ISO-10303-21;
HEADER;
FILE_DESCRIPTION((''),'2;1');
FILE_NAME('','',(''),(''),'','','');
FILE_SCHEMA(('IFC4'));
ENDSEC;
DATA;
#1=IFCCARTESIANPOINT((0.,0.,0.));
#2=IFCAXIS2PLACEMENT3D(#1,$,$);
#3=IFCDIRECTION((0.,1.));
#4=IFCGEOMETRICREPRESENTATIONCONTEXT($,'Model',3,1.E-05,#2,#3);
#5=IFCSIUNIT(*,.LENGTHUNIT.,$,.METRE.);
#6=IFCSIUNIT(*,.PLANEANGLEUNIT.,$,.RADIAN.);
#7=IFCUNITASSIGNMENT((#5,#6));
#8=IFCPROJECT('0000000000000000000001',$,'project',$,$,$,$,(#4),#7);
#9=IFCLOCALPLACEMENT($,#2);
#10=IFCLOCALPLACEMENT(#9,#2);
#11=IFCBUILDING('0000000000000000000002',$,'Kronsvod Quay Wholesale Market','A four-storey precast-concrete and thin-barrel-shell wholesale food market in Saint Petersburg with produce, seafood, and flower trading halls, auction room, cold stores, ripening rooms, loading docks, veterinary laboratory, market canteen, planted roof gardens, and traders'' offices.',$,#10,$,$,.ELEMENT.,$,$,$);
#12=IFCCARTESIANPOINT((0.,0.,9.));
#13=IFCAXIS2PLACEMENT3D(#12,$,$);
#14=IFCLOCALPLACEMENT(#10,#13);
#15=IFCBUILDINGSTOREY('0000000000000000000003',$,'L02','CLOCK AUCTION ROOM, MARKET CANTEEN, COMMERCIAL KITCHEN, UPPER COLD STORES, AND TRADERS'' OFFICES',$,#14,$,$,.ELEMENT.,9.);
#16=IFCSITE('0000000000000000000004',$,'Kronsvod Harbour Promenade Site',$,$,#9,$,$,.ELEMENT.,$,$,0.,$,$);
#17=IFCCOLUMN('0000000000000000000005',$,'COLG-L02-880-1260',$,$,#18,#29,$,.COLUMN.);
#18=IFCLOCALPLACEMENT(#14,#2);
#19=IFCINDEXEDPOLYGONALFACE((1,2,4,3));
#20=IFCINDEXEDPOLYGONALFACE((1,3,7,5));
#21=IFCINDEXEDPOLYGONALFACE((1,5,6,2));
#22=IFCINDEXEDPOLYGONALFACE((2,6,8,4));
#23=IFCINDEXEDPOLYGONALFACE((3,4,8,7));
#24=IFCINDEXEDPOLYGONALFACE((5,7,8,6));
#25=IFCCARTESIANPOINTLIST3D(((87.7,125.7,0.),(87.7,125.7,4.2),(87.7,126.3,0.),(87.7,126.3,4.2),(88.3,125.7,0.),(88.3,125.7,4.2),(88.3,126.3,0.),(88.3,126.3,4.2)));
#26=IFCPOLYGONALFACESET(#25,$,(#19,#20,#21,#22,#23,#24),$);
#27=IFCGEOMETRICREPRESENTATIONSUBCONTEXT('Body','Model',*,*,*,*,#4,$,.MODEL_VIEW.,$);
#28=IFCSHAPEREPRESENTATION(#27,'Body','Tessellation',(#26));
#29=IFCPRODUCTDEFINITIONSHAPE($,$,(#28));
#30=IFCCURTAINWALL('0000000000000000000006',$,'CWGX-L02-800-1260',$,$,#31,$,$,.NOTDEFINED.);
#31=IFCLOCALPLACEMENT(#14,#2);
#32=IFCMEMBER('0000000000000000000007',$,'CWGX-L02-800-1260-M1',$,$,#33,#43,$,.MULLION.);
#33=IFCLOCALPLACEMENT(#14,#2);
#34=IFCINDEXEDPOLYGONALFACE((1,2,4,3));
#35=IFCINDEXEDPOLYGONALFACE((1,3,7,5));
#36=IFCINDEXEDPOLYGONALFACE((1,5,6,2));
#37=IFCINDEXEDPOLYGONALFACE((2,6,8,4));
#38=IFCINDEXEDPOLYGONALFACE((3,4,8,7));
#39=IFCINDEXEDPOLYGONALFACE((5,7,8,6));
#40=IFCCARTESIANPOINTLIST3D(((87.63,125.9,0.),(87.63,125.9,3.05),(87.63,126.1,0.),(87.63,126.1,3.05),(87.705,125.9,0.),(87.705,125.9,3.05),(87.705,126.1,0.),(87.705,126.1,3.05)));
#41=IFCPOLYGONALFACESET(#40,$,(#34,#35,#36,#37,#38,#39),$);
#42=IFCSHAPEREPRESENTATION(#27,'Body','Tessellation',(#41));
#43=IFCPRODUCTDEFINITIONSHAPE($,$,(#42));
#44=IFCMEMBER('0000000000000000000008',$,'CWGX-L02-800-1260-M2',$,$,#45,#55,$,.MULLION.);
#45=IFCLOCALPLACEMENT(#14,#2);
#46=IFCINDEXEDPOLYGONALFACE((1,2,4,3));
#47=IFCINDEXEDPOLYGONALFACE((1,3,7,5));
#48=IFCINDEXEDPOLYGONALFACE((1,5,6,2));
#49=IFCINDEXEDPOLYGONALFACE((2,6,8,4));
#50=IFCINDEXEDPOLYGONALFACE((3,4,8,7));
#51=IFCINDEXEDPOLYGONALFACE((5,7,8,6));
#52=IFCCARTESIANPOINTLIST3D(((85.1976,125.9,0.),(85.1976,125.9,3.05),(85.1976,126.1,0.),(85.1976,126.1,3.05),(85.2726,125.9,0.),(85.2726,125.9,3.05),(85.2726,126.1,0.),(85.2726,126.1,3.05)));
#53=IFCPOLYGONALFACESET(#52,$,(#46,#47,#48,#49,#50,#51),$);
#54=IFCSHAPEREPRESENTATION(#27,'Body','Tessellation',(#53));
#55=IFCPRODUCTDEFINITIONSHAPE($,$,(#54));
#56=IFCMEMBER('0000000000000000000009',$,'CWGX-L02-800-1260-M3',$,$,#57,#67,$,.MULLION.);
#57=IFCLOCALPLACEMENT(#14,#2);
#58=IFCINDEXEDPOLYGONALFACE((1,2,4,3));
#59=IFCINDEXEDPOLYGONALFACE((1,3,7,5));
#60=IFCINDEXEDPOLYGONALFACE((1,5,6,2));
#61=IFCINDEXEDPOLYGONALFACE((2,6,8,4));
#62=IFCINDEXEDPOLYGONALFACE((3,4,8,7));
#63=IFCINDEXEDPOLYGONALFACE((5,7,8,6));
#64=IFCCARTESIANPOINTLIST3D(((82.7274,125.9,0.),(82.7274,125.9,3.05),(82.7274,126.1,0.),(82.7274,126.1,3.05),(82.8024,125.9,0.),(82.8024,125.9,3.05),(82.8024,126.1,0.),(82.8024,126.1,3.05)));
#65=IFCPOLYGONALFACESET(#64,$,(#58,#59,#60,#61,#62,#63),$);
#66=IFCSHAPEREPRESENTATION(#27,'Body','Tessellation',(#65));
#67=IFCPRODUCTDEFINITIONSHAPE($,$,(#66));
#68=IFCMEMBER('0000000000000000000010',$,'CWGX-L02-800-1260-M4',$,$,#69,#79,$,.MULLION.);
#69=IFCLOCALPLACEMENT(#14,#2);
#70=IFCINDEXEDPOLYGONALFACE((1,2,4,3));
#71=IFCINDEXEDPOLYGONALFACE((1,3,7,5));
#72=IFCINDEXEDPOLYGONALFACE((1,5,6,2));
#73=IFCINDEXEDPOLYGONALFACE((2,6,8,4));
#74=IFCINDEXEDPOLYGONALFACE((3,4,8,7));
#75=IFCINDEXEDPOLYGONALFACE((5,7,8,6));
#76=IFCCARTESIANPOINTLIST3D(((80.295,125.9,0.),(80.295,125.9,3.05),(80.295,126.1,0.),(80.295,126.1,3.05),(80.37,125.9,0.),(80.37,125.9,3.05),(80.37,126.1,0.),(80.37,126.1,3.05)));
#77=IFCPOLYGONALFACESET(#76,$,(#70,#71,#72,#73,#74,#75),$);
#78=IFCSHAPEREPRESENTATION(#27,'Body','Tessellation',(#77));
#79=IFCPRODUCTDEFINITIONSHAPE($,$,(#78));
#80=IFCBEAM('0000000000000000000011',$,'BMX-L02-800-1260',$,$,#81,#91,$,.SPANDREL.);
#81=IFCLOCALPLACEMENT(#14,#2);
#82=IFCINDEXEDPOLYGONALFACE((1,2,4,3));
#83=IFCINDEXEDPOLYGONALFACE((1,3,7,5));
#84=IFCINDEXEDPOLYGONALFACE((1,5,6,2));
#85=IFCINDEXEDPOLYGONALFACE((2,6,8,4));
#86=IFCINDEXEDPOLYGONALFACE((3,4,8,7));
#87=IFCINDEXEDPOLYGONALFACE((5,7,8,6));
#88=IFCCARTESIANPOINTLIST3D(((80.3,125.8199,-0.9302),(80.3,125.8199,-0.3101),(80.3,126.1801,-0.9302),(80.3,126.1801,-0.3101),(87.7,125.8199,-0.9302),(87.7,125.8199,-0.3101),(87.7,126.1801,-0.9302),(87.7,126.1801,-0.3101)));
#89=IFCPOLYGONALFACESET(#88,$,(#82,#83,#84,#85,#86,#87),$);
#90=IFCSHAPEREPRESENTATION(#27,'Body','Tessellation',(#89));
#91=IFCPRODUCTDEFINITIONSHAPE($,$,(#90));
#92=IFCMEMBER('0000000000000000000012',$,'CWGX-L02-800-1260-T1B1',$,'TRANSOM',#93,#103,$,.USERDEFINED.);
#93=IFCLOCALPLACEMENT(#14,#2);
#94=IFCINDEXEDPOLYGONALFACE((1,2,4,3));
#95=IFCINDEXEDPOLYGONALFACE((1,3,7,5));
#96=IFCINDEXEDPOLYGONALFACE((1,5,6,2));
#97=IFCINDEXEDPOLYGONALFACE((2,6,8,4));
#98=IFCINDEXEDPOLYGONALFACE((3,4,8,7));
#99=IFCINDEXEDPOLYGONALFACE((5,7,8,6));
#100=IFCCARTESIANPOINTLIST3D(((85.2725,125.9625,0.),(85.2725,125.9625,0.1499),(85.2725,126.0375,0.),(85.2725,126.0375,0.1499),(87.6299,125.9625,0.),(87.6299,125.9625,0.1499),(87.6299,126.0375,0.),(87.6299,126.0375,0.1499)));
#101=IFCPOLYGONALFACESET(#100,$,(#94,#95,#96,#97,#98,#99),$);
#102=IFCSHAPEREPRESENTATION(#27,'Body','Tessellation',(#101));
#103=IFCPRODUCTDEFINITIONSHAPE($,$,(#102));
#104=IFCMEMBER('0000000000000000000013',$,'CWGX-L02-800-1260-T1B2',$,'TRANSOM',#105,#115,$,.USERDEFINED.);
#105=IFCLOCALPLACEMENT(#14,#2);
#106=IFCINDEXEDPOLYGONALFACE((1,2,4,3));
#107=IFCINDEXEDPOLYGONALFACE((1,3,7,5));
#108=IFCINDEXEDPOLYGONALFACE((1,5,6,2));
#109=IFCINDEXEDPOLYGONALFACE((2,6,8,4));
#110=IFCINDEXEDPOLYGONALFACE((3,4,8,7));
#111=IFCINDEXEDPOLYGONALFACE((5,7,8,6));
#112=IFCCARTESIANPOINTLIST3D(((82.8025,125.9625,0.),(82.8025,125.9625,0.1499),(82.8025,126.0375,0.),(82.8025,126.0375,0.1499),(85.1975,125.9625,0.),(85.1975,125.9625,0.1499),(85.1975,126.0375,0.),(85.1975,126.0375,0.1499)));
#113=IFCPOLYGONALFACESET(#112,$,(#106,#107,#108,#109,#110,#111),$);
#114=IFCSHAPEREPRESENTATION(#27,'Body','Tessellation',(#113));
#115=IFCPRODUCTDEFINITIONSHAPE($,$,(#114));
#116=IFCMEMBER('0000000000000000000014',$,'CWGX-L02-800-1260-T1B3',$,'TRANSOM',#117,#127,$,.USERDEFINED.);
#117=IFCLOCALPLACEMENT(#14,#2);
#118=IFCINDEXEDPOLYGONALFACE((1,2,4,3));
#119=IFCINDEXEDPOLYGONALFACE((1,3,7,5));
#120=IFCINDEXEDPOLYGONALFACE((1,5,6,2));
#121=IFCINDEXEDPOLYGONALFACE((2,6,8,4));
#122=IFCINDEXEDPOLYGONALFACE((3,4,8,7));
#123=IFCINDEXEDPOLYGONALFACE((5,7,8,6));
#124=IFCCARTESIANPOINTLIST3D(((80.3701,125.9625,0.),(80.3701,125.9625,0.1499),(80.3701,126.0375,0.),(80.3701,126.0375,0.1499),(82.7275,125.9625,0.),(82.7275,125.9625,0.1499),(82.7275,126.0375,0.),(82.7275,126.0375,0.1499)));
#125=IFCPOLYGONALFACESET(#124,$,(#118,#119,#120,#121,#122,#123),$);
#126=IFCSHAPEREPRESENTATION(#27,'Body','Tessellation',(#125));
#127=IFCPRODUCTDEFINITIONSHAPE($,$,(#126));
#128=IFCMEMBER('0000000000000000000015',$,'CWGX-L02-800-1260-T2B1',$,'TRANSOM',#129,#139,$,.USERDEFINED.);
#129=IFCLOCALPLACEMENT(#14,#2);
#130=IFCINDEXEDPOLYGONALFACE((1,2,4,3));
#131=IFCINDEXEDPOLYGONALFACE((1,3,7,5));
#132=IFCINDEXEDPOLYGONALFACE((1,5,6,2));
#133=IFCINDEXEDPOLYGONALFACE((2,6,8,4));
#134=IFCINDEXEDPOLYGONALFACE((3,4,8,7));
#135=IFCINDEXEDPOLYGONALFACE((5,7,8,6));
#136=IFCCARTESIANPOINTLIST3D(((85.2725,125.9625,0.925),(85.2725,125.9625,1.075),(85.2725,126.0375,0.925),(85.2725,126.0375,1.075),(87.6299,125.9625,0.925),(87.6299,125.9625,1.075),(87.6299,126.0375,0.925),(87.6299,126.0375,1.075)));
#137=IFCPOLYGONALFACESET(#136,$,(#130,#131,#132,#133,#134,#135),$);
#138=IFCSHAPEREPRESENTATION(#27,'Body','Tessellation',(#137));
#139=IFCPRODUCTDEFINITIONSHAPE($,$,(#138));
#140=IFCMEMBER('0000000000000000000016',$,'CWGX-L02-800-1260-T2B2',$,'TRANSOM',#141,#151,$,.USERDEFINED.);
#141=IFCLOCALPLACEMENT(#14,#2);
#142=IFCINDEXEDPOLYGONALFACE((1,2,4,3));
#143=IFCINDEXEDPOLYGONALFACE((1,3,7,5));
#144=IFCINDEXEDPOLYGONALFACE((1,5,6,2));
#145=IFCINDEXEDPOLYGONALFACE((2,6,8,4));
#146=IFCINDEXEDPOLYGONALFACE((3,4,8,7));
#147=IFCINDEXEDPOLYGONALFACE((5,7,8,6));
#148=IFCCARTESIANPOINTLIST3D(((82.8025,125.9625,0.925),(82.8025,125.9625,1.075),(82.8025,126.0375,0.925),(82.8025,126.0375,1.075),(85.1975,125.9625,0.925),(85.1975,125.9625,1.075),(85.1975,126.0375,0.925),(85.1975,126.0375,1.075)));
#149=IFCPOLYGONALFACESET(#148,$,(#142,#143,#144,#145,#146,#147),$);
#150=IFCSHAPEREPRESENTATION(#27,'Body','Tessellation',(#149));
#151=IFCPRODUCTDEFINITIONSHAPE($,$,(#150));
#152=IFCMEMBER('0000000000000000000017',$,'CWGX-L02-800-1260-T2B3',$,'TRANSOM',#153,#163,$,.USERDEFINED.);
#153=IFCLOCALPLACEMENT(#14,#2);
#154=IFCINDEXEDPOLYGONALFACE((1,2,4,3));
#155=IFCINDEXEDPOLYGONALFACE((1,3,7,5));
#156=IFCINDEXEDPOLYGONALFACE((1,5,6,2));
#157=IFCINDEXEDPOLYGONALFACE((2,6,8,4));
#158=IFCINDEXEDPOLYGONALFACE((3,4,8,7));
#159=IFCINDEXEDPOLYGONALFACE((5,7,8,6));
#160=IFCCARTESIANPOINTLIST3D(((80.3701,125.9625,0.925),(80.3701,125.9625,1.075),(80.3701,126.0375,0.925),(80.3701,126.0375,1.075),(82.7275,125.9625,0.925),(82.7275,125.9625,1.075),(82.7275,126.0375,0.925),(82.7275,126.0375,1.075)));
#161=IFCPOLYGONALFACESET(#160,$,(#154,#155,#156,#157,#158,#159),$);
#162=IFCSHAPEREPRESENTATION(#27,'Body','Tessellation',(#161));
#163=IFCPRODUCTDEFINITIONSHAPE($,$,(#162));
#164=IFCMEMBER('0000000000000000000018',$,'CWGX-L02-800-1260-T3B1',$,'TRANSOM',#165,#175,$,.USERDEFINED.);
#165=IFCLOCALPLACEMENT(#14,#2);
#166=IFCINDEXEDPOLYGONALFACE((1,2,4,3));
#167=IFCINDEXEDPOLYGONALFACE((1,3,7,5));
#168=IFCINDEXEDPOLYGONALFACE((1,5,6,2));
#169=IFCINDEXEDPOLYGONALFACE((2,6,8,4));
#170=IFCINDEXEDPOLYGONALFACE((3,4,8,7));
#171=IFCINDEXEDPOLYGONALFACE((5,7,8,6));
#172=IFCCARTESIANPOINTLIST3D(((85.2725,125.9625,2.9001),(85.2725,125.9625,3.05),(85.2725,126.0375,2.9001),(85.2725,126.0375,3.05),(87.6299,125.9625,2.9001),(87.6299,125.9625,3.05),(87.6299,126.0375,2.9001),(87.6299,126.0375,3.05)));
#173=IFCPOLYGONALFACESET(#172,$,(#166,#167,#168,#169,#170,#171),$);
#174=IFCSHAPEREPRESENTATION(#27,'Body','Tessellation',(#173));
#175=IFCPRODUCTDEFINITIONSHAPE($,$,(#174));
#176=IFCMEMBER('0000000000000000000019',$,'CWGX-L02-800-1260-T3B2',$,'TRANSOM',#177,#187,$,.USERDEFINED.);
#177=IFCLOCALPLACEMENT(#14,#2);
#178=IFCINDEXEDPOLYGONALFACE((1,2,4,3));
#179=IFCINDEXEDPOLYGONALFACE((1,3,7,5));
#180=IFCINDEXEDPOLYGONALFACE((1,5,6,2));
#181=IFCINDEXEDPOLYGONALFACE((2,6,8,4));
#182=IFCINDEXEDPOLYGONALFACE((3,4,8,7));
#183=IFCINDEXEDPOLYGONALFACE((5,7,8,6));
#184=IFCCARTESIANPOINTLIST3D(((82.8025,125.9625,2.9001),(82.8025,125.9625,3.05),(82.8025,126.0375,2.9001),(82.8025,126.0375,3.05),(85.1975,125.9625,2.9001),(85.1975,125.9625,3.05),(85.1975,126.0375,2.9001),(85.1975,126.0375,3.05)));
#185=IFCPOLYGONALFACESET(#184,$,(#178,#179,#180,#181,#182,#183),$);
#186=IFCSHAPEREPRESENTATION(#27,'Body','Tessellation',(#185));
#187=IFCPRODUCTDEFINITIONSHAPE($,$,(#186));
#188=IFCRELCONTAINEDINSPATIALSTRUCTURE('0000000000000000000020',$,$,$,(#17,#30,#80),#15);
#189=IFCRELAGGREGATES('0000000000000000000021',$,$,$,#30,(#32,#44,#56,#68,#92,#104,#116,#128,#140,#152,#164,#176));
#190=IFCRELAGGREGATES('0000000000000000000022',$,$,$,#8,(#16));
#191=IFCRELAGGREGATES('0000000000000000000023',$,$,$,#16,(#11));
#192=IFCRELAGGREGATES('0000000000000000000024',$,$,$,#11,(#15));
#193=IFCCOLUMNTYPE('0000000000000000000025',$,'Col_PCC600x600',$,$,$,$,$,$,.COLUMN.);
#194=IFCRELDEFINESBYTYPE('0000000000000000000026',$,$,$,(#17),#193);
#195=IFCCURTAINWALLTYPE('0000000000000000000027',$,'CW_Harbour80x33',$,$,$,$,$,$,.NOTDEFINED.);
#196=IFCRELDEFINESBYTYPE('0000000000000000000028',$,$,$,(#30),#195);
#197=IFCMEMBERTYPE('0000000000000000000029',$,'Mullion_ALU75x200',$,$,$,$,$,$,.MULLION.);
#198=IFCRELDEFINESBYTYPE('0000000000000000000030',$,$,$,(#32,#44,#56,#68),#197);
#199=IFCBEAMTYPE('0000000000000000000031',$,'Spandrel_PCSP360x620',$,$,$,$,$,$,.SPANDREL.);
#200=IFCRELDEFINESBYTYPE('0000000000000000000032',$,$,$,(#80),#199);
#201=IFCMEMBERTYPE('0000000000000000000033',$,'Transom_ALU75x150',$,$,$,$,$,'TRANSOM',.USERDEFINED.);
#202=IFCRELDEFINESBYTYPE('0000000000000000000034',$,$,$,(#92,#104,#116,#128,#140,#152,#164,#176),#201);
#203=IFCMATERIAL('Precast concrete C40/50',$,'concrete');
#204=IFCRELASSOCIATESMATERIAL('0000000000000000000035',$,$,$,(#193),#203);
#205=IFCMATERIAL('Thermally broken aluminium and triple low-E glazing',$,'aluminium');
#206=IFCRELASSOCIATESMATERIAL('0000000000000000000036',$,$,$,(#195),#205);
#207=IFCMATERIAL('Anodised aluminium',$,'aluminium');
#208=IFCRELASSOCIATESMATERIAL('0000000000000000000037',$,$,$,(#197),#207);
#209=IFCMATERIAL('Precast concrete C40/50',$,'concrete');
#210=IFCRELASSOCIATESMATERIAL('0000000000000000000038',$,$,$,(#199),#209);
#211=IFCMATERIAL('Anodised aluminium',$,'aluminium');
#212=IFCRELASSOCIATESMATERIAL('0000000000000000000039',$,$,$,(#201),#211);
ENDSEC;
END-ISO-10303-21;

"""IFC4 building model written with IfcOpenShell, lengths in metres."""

from ifc_helpers import new_model, si_unit, direction, frame, origin, origin_2d, place, context, subcontext, project, spatial, rectangle, extrude, material, material_profile, profile_set, type_object, element, aggregate, save


model = new_model("IFC4")

# Units and contexts
model_context = context("Model", 3, precision=1e-05, world=origin(), true_north=direction((0.0, 1.0)))
body_context = subcontext(model_context, "Body", "Model", "MODEL_VIEW")
ifc_project = project(units=[si_unit("LENGTHUNIT", "METRE"), si_unit("PLANEANGLEUNIT", "RADIAN")], contexts=[model_context])

# Site, building, storey
site_placement = place(None, origin())
site = spatial("IfcSite", under=ifc_project, at=site_placement, Name="Kronsvod Harbour Promenade Site", CompositionType="ELEMENT", RefElevation=0.0)
building_placement = place(site_placement, origin())
building = spatial("IfcBuilding", under=site, at=building_placement, Name="Kronsvod Quay Wholesale Market", Description="A four-storey precast-concrete and thin-barrel-shell wholesale food market in Saint Petersburg with produce, seafood, and flower trading halls, auction room, cold stores, ripening rooms, loading docks, veterinary laboratory, market canteen, planted roof gardens, and traders' offices.", CompositionType="ELEMENT")
storey_placement = place(building_placement, frame((0.0, 0.0, 9.0)))
storey = spatial("IfcBuildingStorey", under=building, at=storey_placement, Name="L02", Description="CLOCK AUCTION ROOM, MARKET CANTEEN, COMMERCIAL KITCHEN, UPPER COLD STORES, AND TRADERS' OFFICES", CompositionType="ELEMENT", Elevation=9.0)

# Column
ifc_material_1 = material(Name="Precast concrete C40/50", Category="concrete")
ifc_material_profile_1 = material_profile(ifc_material_1, rectangle(XDim=0.6001, YDim=0.6001, at=origin_2d()), Name="PCC600x600")
ifc_profile_set_1 = profile_set([ifc_material_profile_1], Name="Precast concrete C40/50")
column_type = type_object("IfcColumnType", Name="Col_PCC600x600", PredefinedType="COLUMN", material=ifc_profile_set_1)
column_placement = place(storey_placement, frame((88.0, 126.0, 0.0), z_axis=(0.0, 0.0, 1.0), x_axis=(1.0, 0.0, 0.0)))
element("IfcColumn", 1, at=column_placement, inside=storey, type_object=column_type, Name="COLG-L02-880-1260", PredefinedType="COLUMN", context=body_context, shape_type="SweptSolid", body=[
    extrude(rectangle(XDim=0.6001, YDim=0.6001, at=origin_2d()), origin(), (0.0, 0.0, 1.0), 4.2),
])

# Curtain wall, members
ifc_material_2 = material(Name="Thermally broken aluminium and triple low-E glazing", Category="aluminium")
curtain_wall_type = type_object("IfcCurtainWallType", Name="CW_Harbour80x33", PredefinedType="NOTDEFINED", material=ifc_material_2)
curtain_wall_placement = place(storey_placement, origin())
curtain_wall = element("IfcCurtainWall", 2, at=curtain_wall_placement, inside=storey, type_object=curtain_wall_type, Name="CWGX-L02-800-1260", PredefinedType="NOTDEFINED")
ifc_material_3 = material(Name="Anodised aluminium", Category="aluminium")
ifc_material_profile_2 = material_profile(ifc_material_3, rectangle(XDim=0.075, YDim=0.2, at=origin_2d()), Name="ALUM75x200")
ifc_profile_set_2 = profile_set([ifc_material_profile_2], Name="Anodised aluminium")
member_type_1 = type_object("IfcMemberType", Name="Mullion_ALU75x200", PredefinedType="MULLION", material=ifc_profile_set_2)
member_1_placement = place(storey_placement, frame((87.6675, 126.0, 0.0), z_axis=(0.0, 0.0, 1.0), x_axis=(1.0, 0.0, 0.0)))
member_1 = element("IfcMember", 3, at=member_1_placement, type_object=member_type_1, Name="CWGX-L02-800-1260-M1", PredefinedType="MULLION", context=body_context, shape_type="SweptSolid", body=[
    extrude(rectangle(XDim=0.075, YDim=0.2, at=origin_2d()), origin(), (0.0, 0.0, 1.0), 3.05),
])
member_2_placement = place(storey_placement, frame((85.2351, 126.0, 0.0), z_axis=(0.0, 0.0, 1.0), x_axis=(1.0, 0.0, 0.0)))
member_2 = element("IfcMember", 4, at=member_2_placement, type_object=member_type_1, Name="CWGX-L02-800-1260-M2", PredefinedType="MULLION", context=body_context, shape_type="SweptSolid", body=[
    extrude(rectangle(XDim=0.075, YDim=0.2, at=origin_2d()), origin(), (0.0, 0.0, 1.0), 3.05),
])
member_3_placement = place(storey_placement, frame((82.7649, 126.0, 0.0), z_axis=(0.0, 0.0, 1.0), x_axis=(1.0, 0.0, 0.0)))
member_3 = element("IfcMember", 5, at=member_3_placement, type_object=member_type_1, Name="CWGX-L02-800-1260-M3", PredefinedType="MULLION", context=body_context, shape_type="SweptSolid", body=[
    extrude(rectangle(XDim=0.075, YDim=0.2, at=origin_2d()), origin(), (0.0, 0.0, 1.0), 3.05),
])
member_4_placement = place(storey_placement, frame((80.3325, 126.0, 0.0), z_axis=(0.0, 0.0, 1.0), x_axis=(1.0, 0.0, 0.0)))
member_4 = element("IfcMember", 6, at=member_4_placement, type_object=member_type_1, Name="CWGX-L02-800-1260-M4", PredefinedType="MULLION", context=body_context, shape_type="SweptSolid", body=[
    extrude(rectangle(XDim=0.075, YDim=0.2, at=origin_2d()), origin(), (0.0, 0.0, 1.0), 3.05),
])

# Beam
ifc_material_4 = material(Name="Precast concrete C40/50", Category="concrete")
ifc_material_profile_3 = material_profile(ifc_material_4, rectangle(XDim=0.3601, YDim=0.6201, at=origin_2d()), Name="SPB-02")
ifc_profile_set_3 = profile_set([ifc_material_profile_3], Name="Precast concrete C40/50")
beam_type = type_object("IfcBeamType", Name="Spandrel_PCSP360x620", PredefinedType="SPANDREL", material=ifc_profile_set_3)
beam_placement = place(storey_placement, frame((80.3, 126.0, -0.6201), z_axis=(1.0, 0.0, 0.0), x_axis=(0.0, 1.0, 0.0)))
element("IfcBeam", 7, at=beam_placement, inside=storey, type_object=beam_type, Name="BMX-L02-800-1260", PredefinedType="SPANDREL", context=body_context, shape_type="SweptSolid", body=[
    extrude(rectangle(XDim=0.3601, YDim=0.6201, at=origin_2d()), origin(), (0.0, 0.0, 1.0), 7.3999),
])

# Members
ifc_material_5 = material(Name="Anodised aluminium", Category="aluminium")
ifc_material_profile_4 = material_profile(ifc_material_5, rectangle(XDim=0.075, YDim=0.1499, at=origin_2d()), Name="ALUT75x150")
ifc_profile_set_4 = profile_set([ifc_material_profile_4], Name="Anodised aluminium")
member_type_2 = type_object("IfcMemberType", Name="Transom_ALU75x150", ElementType="TRANSOM", PredefinedType="USERDEFINED", material=ifc_profile_set_4)
member_5_placement = place(storey_placement, frame((87.6299, 126.0, 0.075), z_axis=(-1.0, 0.0, 0.0), x_axis=(0.0, -1.0, 0.0)))
member_5 = element("IfcMember", 8, at=member_5_placement, type_object=member_type_2, Name="CWGX-L02-800-1260-T1B1", ObjectType="TRANSOM", PredefinedType="USERDEFINED", context=body_context, shape_type="SweptSolid", body=[
    extrude(rectangle(XDim=0.075, YDim=0.1499, at=origin_2d()), origin(), (0.0, 0.0, 1.0), 2.3574),
])
member_6_placement = place(storey_placement, frame((85.1975, 126.0, 0.075), z_axis=(-1.0, 0.0, 0.0), x_axis=(0.0, -1.0, 0.0)))
member_6 = element("IfcMember", 9, at=member_6_placement, type_object=member_type_2, Name="CWGX-L02-800-1260-T1B2", ObjectType="TRANSOM", PredefinedType="USERDEFINED", context=body_context, shape_type="SweptSolid", body=[
    extrude(rectangle(XDim=0.075, YDim=0.1499, at=origin_2d()), origin(), (0.0, 0.0, 1.0), 2.395),
])
member_7_placement = place(storey_placement, frame((82.7275, 126.0, 0.075), z_axis=(-1.0, 0.0, 0.0), x_axis=(0.0, -1.0, 0.0)))
member_7 = element("IfcMember", 10, at=member_7_placement, type_object=member_type_2, Name="CWGX-L02-800-1260-T1B3", ObjectType="TRANSOM", PredefinedType="USERDEFINED", context=body_context, shape_type="SweptSolid", body=[
    extrude(rectangle(XDim=0.075, YDim=0.1499, at=origin_2d()), origin(), (0.0, 0.0, 1.0), 2.3574),
])
member_8_placement = place(storey_placement, frame((87.6299, 126.0, 1.0), z_axis=(-1.0, 0.0, 0.0), x_axis=(0.0, -1.0, 0.0)))
member_8 = element("IfcMember", 11, at=member_8_placement, type_object=member_type_2, Name="CWGX-L02-800-1260-T2B1", ObjectType="TRANSOM", PredefinedType="USERDEFINED", context=body_context, shape_type="SweptSolid", body=[
    extrude(rectangle(XDim=0.075, YDim=0.1499, at=origin_2d()), origin(), (0.0, 0.0, 1.0), 2.3574),
])
member_9_placement = place(storey_placement, frame((85.1975, 126.0, 1.0), z_axis=(-1.0, 0.0, 0.0), x_axis=(0.0, -1.0, 0.0)))
member_9 = element("IfcMember", 12, at=member_9_placement, type_object=member_type_2, Name="CWGX-L02-800-1260-T2B2", ObjectType="TRANSOM", PredefinedType="USERDEFINED", context=body_context, shape_type="SweptSolid", body=[
    extrude(rectangle(XDim=0.075, YDim=0.1499, at=origin_2d()), origin(), (0.0, 0.0, 1.0), 2.395),
])
member_10_placement = place(storey_placement, frame((82.7275, 126.0, 1.0), z_axis=(-1.0, 0.0, 0.0), x_axis=(0.0, -1.0, 0.0)))
member_10 = element("IfcMember", 13, at=member_10_placement, type_object=member_type_2, Name="CWGX-L02-800-1260-T2B3", ObjectType="TRANSOM", PredefinedType="USERDEFINED", context=body_context, shape_type="SweptSolid", body=[
    extrude(rectangle(XDim=0.075, YDim=0.1499, at=origin_2d()), origin(), (0.0, 0.0, 1.0), 2.3574),
])
member_11_placement = place(storey_placement, frame((87.6299, 126.0, 2.9751), z_axis=(-1.0, 0.0, 0.0), x_axis=(0.0, -1.0, 0.0)))
member_11 = element("IfcMember", 14, at=member_11_placement, type_object=member_type_2, Name="CWGX-L02-800-1260-T3B1", ObjectType="TRANSOM", PredefinedType="USERDEFINED", context=body_context, shape_type="SweptSolid", body=[
    extrude(rectangle(XDim=0.075, YDim=0.1499, at=origin_2d()), origin(), (0.0, 0.0, 1.0), 2.3574),
])
member_12_placement = place(storey_placement, frame((85.1975, 126.0, 2.9751), z_axis=(-1.0, 0.0, 0.0), x_axis=(0.0, -1.0, 0.0)))
member_12 = element("IfcMember", 15, at=member_12_placement, type_object=member_type_2, Name="CWGX-L02-800-1260-T3B2", ObjectType="TRANSOM", PredefinedType="USERDEFINED", context=body_context, shape_type="SweptSolid", body=[
    extrude(rectangle(XDim=0.075, YDim=0.1499, at=origin_2d()), origin(), (0.0, 0.0, 1.0), 2.395),
])

aggregate(curtain_wall, [member_1, member_2, member_3, member_4, member_5, member_6, member_7, member_8, member_9, member_10, member_11, member_12])

save(model, "model.ifc")
